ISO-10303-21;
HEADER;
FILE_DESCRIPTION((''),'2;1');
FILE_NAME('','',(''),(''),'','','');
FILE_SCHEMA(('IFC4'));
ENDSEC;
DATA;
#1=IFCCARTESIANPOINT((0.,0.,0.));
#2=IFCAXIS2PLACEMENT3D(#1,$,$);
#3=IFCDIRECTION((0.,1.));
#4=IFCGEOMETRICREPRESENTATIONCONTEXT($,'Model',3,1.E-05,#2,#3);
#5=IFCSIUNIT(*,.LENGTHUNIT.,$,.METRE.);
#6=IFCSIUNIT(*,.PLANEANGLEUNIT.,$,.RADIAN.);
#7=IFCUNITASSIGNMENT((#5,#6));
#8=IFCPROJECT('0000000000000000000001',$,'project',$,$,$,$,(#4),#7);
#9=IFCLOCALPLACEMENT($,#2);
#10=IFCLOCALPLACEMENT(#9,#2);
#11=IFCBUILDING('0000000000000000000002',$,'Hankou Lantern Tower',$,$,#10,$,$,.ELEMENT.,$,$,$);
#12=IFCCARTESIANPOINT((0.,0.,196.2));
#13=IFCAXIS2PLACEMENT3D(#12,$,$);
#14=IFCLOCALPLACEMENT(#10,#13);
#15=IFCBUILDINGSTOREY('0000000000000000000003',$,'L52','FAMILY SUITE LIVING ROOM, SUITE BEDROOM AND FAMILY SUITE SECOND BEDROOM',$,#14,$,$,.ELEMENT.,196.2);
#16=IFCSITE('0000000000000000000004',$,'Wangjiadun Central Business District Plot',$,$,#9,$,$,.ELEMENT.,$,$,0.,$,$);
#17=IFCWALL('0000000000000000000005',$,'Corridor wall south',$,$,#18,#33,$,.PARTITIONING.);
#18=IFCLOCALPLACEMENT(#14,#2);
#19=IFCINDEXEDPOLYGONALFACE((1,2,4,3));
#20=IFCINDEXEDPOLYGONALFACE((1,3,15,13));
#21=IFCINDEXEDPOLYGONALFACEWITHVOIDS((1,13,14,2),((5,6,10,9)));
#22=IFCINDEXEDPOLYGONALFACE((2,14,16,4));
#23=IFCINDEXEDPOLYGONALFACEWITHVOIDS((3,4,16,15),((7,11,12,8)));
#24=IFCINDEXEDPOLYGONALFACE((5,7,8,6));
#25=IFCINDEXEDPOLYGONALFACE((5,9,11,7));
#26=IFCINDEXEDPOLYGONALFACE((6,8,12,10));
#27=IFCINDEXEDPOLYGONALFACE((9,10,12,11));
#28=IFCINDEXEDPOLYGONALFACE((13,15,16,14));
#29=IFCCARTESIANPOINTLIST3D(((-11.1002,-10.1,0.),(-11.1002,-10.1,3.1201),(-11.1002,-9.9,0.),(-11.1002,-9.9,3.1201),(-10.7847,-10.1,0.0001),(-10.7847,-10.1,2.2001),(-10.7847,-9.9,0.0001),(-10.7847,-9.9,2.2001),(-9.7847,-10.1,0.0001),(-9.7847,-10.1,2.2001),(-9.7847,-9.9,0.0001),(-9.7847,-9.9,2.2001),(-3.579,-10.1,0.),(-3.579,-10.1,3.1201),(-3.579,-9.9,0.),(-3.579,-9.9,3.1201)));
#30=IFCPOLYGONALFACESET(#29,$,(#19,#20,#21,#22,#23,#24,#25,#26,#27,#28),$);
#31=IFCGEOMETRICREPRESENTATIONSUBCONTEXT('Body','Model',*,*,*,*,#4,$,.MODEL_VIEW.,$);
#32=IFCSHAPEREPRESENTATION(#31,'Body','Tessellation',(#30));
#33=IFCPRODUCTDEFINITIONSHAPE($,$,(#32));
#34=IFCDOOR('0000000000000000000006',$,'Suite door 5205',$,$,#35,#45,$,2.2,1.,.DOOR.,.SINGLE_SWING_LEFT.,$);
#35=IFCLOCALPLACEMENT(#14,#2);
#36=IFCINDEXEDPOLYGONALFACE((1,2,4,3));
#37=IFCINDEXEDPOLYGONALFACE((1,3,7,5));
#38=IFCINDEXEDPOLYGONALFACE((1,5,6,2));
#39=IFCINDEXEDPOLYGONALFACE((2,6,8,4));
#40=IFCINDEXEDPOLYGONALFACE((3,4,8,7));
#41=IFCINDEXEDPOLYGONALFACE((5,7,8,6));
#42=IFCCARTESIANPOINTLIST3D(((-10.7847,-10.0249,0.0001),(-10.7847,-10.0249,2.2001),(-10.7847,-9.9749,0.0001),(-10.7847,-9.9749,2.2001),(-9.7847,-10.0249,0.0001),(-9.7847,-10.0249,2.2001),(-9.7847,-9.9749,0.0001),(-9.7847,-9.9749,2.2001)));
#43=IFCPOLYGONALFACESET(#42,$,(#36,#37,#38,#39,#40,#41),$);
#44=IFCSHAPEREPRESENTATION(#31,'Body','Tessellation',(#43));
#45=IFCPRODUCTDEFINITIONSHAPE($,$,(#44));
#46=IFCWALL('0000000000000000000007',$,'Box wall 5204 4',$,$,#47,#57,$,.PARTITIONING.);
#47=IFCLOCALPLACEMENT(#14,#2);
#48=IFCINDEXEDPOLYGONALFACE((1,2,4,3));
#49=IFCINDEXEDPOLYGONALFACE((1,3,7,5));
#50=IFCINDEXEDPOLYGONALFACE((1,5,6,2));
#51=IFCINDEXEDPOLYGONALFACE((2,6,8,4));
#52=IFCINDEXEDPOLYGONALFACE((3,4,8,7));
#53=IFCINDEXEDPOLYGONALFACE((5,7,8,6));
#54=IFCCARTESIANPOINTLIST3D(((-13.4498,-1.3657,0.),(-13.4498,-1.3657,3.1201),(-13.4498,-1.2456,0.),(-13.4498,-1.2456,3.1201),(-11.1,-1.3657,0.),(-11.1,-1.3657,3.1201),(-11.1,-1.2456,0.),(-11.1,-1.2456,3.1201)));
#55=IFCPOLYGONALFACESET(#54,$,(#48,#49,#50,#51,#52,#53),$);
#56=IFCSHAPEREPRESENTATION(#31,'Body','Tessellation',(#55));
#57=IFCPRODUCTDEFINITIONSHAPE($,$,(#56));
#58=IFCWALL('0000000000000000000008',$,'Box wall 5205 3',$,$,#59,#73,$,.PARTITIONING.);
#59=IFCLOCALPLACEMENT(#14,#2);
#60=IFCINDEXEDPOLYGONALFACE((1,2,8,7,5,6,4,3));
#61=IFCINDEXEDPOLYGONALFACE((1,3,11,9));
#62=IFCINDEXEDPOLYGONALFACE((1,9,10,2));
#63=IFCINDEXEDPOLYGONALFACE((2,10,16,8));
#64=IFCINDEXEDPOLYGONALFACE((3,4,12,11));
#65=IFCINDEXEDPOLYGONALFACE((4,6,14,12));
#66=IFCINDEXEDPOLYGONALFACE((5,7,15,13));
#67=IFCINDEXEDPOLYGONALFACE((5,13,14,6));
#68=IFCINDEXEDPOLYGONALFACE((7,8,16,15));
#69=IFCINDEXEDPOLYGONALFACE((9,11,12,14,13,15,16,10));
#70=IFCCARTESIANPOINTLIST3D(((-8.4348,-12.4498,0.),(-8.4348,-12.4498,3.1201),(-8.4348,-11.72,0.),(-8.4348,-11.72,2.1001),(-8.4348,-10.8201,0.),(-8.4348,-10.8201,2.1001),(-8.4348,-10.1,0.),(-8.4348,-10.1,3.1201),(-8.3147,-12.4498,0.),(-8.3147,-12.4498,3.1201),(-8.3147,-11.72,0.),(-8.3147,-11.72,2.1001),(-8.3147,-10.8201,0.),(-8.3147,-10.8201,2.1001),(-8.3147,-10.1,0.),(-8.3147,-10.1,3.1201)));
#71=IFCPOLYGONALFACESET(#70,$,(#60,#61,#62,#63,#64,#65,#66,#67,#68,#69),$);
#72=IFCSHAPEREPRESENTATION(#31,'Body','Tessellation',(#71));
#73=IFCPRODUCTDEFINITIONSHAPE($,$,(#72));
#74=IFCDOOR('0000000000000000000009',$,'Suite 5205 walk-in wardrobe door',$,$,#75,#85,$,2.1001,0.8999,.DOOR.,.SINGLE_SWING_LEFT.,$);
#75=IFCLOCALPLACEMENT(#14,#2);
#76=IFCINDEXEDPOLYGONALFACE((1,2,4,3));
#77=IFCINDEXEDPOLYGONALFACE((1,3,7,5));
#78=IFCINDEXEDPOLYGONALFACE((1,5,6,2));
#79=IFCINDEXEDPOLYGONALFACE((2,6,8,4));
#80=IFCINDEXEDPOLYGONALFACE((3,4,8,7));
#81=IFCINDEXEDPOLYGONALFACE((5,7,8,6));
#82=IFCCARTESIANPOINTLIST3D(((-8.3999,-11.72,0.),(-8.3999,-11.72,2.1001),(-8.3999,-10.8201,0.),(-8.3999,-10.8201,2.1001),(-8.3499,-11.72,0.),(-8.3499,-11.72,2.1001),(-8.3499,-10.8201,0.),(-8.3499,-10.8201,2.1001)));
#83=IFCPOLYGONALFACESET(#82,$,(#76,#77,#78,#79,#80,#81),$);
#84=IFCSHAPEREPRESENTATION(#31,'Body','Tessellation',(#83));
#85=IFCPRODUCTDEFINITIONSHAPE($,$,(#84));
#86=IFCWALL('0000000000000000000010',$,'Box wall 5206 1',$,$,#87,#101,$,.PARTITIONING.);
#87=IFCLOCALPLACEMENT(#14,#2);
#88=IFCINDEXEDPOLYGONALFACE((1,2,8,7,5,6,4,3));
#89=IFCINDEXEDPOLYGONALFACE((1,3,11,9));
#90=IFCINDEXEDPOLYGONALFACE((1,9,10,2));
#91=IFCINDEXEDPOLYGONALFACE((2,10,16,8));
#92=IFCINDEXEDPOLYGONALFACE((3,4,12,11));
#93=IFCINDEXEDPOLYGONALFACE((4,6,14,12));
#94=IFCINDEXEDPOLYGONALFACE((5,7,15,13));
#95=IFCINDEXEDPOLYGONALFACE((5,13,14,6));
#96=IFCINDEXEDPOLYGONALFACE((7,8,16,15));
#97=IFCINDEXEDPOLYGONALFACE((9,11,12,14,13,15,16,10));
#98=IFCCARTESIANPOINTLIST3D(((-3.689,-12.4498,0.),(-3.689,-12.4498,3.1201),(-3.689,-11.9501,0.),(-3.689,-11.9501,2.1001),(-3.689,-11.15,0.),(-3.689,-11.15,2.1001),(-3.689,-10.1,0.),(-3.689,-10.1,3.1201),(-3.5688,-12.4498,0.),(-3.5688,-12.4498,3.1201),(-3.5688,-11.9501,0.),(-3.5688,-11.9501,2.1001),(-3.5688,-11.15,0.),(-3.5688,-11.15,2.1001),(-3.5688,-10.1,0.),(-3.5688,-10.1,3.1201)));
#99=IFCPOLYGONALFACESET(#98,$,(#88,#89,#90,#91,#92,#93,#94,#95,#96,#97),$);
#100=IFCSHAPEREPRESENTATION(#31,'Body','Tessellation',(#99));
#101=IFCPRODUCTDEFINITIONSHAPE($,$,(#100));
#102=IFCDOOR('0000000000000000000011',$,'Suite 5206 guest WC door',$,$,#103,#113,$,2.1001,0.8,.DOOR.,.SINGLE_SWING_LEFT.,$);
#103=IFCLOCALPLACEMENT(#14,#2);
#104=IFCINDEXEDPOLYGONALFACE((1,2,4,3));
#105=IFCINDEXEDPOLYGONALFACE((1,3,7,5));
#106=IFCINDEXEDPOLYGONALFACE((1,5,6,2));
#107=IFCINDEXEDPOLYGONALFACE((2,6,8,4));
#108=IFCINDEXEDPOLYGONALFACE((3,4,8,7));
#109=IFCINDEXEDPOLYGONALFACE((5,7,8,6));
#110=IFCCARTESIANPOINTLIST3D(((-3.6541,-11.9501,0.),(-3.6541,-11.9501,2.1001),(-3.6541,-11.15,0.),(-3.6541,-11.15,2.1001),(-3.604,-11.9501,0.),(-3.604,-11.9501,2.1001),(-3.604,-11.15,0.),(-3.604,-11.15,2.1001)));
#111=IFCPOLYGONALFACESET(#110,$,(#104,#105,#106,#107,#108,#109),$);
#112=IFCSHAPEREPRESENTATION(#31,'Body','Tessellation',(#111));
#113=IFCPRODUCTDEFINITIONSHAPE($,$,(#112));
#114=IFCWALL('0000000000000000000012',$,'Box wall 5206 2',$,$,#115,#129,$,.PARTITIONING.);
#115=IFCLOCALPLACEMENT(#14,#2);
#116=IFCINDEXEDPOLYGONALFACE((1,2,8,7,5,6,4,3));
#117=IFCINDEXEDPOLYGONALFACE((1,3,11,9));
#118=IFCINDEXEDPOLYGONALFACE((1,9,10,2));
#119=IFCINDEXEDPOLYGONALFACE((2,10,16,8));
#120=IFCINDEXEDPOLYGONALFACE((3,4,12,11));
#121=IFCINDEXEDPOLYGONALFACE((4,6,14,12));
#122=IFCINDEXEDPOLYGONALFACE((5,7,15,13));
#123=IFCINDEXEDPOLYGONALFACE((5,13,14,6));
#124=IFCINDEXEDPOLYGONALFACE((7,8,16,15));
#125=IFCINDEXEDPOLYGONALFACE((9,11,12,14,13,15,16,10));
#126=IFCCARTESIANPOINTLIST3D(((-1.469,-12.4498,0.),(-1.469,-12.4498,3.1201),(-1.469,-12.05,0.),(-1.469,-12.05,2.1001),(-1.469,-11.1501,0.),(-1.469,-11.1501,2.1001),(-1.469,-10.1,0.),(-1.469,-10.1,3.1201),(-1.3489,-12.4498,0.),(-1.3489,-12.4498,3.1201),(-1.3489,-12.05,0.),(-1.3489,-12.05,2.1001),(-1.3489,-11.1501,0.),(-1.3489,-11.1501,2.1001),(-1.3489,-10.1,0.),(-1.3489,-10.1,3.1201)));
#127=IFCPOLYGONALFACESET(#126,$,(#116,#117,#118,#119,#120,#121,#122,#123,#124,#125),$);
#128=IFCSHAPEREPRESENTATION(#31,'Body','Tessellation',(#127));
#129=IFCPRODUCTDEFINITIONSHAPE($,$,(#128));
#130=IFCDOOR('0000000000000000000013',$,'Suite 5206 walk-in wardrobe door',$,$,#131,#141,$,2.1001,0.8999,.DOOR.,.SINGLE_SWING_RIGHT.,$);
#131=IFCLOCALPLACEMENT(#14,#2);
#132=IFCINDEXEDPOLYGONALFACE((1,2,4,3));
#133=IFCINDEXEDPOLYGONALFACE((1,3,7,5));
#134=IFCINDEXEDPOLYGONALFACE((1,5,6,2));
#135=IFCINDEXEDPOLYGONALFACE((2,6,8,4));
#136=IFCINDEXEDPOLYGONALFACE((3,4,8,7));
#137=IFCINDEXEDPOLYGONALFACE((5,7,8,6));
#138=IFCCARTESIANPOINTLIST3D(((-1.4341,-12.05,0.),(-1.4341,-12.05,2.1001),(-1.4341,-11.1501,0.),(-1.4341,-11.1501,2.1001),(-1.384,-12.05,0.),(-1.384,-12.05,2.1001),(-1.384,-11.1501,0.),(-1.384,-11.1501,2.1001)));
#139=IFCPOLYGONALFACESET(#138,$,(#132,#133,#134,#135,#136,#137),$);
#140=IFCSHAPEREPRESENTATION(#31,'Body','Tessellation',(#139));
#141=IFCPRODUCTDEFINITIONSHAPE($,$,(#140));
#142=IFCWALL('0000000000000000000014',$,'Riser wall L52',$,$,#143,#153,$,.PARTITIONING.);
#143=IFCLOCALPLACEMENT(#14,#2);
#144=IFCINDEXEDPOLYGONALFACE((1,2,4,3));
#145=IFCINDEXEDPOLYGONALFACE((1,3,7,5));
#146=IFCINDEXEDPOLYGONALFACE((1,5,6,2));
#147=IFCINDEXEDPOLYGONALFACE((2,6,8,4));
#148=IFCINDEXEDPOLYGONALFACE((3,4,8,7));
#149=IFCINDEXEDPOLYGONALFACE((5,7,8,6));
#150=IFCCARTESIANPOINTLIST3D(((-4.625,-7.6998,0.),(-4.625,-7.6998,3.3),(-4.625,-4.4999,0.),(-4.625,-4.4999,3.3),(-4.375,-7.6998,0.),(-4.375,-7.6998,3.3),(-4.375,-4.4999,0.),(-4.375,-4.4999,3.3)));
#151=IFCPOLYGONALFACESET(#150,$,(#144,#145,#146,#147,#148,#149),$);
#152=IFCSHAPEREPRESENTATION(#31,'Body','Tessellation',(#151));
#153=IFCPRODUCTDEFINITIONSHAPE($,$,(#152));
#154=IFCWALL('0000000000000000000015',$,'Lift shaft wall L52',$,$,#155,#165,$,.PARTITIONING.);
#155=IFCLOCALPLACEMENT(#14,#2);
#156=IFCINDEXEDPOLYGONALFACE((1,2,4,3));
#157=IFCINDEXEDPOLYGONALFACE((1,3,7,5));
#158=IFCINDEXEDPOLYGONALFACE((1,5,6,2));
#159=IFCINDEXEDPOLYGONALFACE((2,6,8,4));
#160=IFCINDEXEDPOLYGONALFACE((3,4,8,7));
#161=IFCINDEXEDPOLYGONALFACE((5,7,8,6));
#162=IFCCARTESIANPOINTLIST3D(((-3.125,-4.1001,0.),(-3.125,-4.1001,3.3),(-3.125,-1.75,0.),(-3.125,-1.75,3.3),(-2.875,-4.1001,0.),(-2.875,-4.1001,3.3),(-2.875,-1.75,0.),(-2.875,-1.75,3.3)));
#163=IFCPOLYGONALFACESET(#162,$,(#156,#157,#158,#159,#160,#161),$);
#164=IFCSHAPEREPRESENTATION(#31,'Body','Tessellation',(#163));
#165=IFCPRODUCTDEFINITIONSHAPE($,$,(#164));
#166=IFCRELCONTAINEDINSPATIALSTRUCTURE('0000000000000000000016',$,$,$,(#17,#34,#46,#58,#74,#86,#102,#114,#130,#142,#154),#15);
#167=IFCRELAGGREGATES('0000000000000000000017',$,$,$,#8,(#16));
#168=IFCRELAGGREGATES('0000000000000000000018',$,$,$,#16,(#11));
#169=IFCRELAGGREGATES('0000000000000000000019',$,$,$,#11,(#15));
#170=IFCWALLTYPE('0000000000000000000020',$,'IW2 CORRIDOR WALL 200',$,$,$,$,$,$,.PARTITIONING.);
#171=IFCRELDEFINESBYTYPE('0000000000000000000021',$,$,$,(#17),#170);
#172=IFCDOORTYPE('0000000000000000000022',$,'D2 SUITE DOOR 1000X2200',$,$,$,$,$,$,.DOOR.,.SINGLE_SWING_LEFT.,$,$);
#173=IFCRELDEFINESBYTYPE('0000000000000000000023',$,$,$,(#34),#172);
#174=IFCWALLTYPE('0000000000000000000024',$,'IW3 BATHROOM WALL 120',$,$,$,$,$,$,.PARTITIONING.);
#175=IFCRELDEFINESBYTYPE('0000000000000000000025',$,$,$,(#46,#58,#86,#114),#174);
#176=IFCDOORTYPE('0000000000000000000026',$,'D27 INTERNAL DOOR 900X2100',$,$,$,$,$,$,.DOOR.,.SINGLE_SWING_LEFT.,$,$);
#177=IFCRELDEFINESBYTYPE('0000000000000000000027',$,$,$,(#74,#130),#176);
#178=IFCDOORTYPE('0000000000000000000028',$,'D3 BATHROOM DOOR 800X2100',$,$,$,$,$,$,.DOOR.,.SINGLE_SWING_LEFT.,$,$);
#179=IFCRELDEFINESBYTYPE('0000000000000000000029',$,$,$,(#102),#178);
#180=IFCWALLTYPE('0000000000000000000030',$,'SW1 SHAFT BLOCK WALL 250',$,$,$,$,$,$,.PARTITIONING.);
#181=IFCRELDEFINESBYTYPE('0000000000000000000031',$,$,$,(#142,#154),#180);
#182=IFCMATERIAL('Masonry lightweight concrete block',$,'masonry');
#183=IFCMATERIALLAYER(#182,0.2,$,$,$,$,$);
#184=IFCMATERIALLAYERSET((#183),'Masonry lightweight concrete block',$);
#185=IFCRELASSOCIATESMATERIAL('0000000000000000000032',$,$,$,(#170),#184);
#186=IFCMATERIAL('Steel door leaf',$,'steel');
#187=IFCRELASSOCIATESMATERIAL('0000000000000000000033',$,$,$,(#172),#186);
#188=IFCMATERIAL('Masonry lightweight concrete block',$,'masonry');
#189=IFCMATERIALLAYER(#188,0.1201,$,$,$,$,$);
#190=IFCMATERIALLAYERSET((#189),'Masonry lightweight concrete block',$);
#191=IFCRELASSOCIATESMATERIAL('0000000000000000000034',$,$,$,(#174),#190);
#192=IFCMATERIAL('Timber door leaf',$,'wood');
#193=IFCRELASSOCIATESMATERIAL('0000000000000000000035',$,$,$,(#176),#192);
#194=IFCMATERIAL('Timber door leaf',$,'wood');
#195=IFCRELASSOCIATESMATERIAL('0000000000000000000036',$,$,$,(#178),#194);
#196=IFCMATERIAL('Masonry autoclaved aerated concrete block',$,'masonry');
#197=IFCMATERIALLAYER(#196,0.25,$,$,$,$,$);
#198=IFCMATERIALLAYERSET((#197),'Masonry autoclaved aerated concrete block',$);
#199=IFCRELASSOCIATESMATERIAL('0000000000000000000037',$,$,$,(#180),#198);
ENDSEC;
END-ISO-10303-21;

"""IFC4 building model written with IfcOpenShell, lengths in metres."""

from ifc_helpers import new_model, si_unit, direction, frame, frame_2d, origin, place, context, subcontext, project, spatial, rectangle, extrude, material, layer, layer_set, type_object, element, fill, save


model = new_model("IFC4")

# Units and contexts
model_context = context("Model", 3, precision=1e-05, world=origin(), true_north=direction((0.0, 1.0)))
body_context = subcontext(model_context, "Body", "Model", "MODEL_VIEW")
ifc_project = project(units=[si_unit("LENGTHUNIT", "METRE"), si_unit("PLANEANGLEUNIT", "RADIAN")], contexts=[model_context])

# Site, building, storey
site_placement = place(None, origin())
site = spatial("IfcSite", under=ifc_project, at=site_placement, Name="Wangjiadun Central Business District Plot", CompositionType="ELEMENT", RefElevation=0.0)
building_placement = place(site_placement, origin())
building = spatial("IfcBuilding", under=site, at=building_placement, Name="Hankou Lantern Tower", CompositionType="ELEMENT")
storey_placement = place(building_placement, frame((0.0, 0.0, 196.2)))
storey = spatial("IfcBuildingStorey", under=building, at=storey_placement, Name="L52", Description="FAMILY SUITE LIVING ROOM, SUITE BEDROOM AND FAMILY SUITE SECOND BEDROOM", CompositionType="ELEMENT", Elevation=196.2)

# Wall, opening, door
ifc_material_1 = material(Name="Masonry lightweight concrete block", Category="masonry")
ifc_layer_1 = layer(ifc_material_1, 0.2)
ifc_layer_set_1 = layer_set([ifc_layer_1], Name="Masonry lightweight concrete block")
wall_type_1 = type_object("IfcWallType", Name="IW2 CORRIDOR WALL 200", PredefinedType="PARTITIONING", material=ifc_layer_set_1)
wall_1_placement = place(storey_placement, frame((-3.5789, -10.0, 0.0), z_axis=(0.0, 0.0, 1.0), x_axis=(-1.0, 0.0, 0.0)))
wall_1 = element("IfcWall", 1, at=wall_1_placement, inside=storey, type_object=wall_type_1, Name="Corridor wall south", PredefinedType="PARTITIONING", context=body_context, shape_type="SweptSolid", body=[
    extrude(rectangle(XDim=7.5212, YDim=0.2, at=frame_2d((3.7607, 0.0))), origin(), (0.0, 0.0, 1.0), 3.1201),
])
opening_1_placement = place(wall_1_placement, frame((6.2058, 0.0, 0.0)))
opening_1 = element("IfcOpeningElement", 2, at=opening_1_placement, cuts=wall_1, PredefinedType="OPENING", context=body_context, shape_type="SweptSolid", body=[
    extrude(rectangle(XDim=1.0, YDim=2.2, at=frame_2d((0.5, 1.1001))), frame((0.0, 0.1099, 0.0), z_axis=(0.0, -1.0, 0.0), x_axis=(1.0, 0.0, 0.0)), (0.0, 0.0, 1.0), 0.22),
])
ifc_material_2 = material(Name="Steel door leaf", Category="steel")
door_type_1 = type_object("IfcDoorType", Name="D2 SUITE DOOR 1000X2200", OperationType="SINGLE_SWING_LEFT", PredefinedType="DOOR", material=ifc_material_2)
door_1_placement = place(opening_1_placement, origin())
door_1 = element("IfcDoor", 3, at=door_1_placement, inside=storey, type_object=door_type_1, Name="Suite door 5205", OperationType="SINGLE_SWING_LEFT", OverallHeight=2.2, OverallWidth=1.0, PredefinedType="DOOR", context=body_context, shape_type="SweptSolid", body=[
    extrude(rectangle(XDim=1.0, YDim=2.2, at=frame_2d((0.5, 1.1001))), frame((0.0, 0.0249, 0.0), z_axis=(0.0, -1.0, 0.0), x_axis=(1.0, 0.0, 0.0)), (0.0, 0.0, 1.0), 0.05),
])
fill(opening_1, door_1)

# Wall
ifc_material_3 = material(Name="Masonry lightweight concrete block", Category="masonry")
ifc_layer_2 = layer(ifc_material_3, 0.1201)
ifc_layer_set_2 = layer_set([ifc_layer_2], Name="Masonry lightweight concrete block")
wall_type_2 = type_object("IfcWallType", Name="IW3 BATHROOM WALL 120", PredefinedType="PARTITIONING", material=ifc_layer_set_2)
wall_2_placement = place(storey_placement, frame((-11.1001, -1.3057, 0.0), z_axis=(0.0, 0.0, 1.0), x_axis=(-1.0, 0.0, 0.0)))
element("IfcWall", 4, at=wall_2_placement, inside=storey, type_object=wall_type_2, Name="Box wall 5204 4", PredefinedType="PARTITIONING", context=body_context, shape_type="SweptSolid", body=[
    extrude(rectangle(XDim=2.3499, YDim=0.1201, at=frame_2d((1.1748, 0.0))), origin(), (0.0, 0.0, 1.0), 3.1201),
])

# Walls, openings, doors
wall_3_placement = place(storey_placement, frame((-8.3748, -10.1001, 0.0), z_axis=(0.0, 0.0, 1.0), x_axis=(0.0, -1.0, 0.0)))
wall_3 = element("IfcWall", 5, at=wall_3_placement, inside=storey, type_object=wall_type_2, Name="Box wall 5205 3", PredefinedType="PARTITIONING", context=body_context, shape_type="SweptSolid", body=[
    extrude(rectangle(XDim=2.3499, YDim=0.1201, at=frame_2d((1.1748, 0.0))), origin(), (0.0, 0.0, 1.0), 3.1201),
])
opening_2_placement = place(wall_3_placement, frame((0.72, 0.0, 0.0)))
opening_2 = element("IfcOpeningElement", 6, at=opening_2_placement, cuts=wall_3, PredefinedType="OPENING", context=body_context, shape_type="SweptSolid", body=[
    extrude(rectangle(XDim=0.8999, YDim=2.1001, at=frame_2d((0.45, 1.05))), frame((0.0, 0.0701, 0.0), z_axis=(0.0, -1.0, 0.0), x_axis=(1.0, 0.0, 0.0)), (0.0, 0.0, 1.0), 0.1401),
])
ifc_material_4 = material(Name="Timber door leaf", Category="wood")
door_type_2 = type_object("IfcDoorType", Name="D27 INTERNAL DOOR 900X2100", OperationType="SINGLE_SWING_LEFT", PredefinedType="DOOR", material=ifc_material_4)
door_2_placement = place(opening_2_placement, origin())
door_2 = element("IfcDoor", 7, at=door_2_placement, inside=storey, type_object=door_type_2, Name="Suite 5205 walk-in wardrobe door", OperationType="SINGLE_SWING_LEFT", OverallHeight=2.1001, OverallWidth=0.8999, PredefinedType="DOOR", context=body_context, shape_type="SweptSolid", body=[
    extrude(rectangle(XDim=0.8999, YDim=2.1001, at=frame_2d((0.45, 1.05))), frame((0.0, 0.0249, 0.0), z_axis=(0.0, -1.0, 0.0), x_axis=(1.0, 0.0, 0.0)), (0.0, 0.0, 1.0), 0.05),
])
fill(opening_2, door_2)
wall_4_placement = place(storey_placement, frame((-3.6289, -10.1001, 0.0), z_axis=(0.0, 0.0, 1.0), x_axis=(0.0, -1.0, 0.0)))
wall_4 = element("IfcWall", 8, at=wall_4_placement, inside=storey, type_object=wall_type_2, Name="Box wall 5206 1", PredefinedType="PARTITIONING", context=body_context, shape_type="SweptSolid", body=[
    extrude(rectangle(XDim=2.3499, YDim=0.1201, at=frame_2d((1.1748, 0.0))), origin(), (0.0, 0.0, 1.0), 3.1201),
])
opening_3_placement = place(wall_4_placement, frame((1.05, 0.0, 0.0)))
opening_3 = element("IfcOpeningElement", 9, at=opening_3_placement, cuts=wall_4, PredefinedType="OPENING", context=body_context, shape_type="SweptSolid", body=[
    extrude(rectangle(XDim=0.8, YDim=2.1001, at=frame_2d((0.3999, 1.05))), frame((0.0, 0.0701, 0.0), z_axis=(0.0, -1.0, 0.0), x_axis=(1.0, 0.0, 0.0)), (0.0, 0.0, 1.0), 0.1401),
])
ifc_material_5 = material(Name="Timber door leaf", Category="wood")
door_type_3 = type_object("IfcDoorType", Name="D3 BATHROOM DOOR 800X2100", OperationType="SINGLE_SWING_LEFT", PredefinedType="DOOR", material=ifc_material_5)
door_3_placement = place(opening_3_placement, origin())
door_3 = element("IfcDoor", 10, at=door_3_placement, inside=storey, type_object=door_type_3, Name="Suite 5206 guest WC door", OperationType="SINGLE_SWING_LEFT", OverallHeight=2.1001, OverallWidth=0.8, PredefinedType="DOOR", context=body_context, shape_type="SweptSolid", body=[
    extrude(rectangle(XDim=0.8, YDim=2.1001, at=frame_2d((0.3999, 1.05))), frame((0.0, 0.0249, 0.0), z_axis=(0.0, -1.0, 0.0), x_axis=(1.0, 0.0, 0.0)), (0.0, 0.0, 1.0), 0.05),
])
fill(opening_3, door_3)
wall_5_placement = place(storey_placement, frame((-1.4089, -10.1001, 0.0), z_axis=(0.0, 0.0, 1.0), x_axis=(0.0, -1.0, 0.0)))
wall_5 = element("IfcWall", 11, at=wall_5_placement, inside=storey, type_object=wall_type_2, Name="Box wall 5206 2", PredefinedType="PARTITIONING", context=body_context, shape_type="SweptSolid", body=[
    extrude(rectangle(XDim=2.3499, YDim=0.1201, at=frame_2d((1.1748, 0.0))), origin(), (0.0, 0.0, 1.0), 3.1201),
])
opening_4_placement = place(wall_5_placement, frame((1.05, 0.0, 0.0)))
opening_4 = element("IfcOpeningElement", 12, at=opening_4_placement, cuts=wall_5, PredefinedType="OPENING", context=body_context, shape_type="SweptSolid", body=[
    extrude(rectangle(XDim=0.8999, YDim=2.1001, at=frame_2d((0.45, 1.05))), frame((0.0, 0.0701, 0.0), z_axis=(0.0, -1.0, 0.0), x_axis=(1.0, 0.0, 0.0)), (0.0, 0.0, 1.0), 0.1401),
])
door_4_placement = place(opening_4_placement, origin())
door_4 = element("IfcDoor", 13, at=door_4_placement, inside=storey, type_object=door_type_2, Name="Suite 5206 walk-in wardrobe door", OperationType="SINGLE_SWING_RIGHT", OverallHeight=2.1001, OverallWidth=0.8999, PredefinedType="DOOR", context=body_context, shape_type="SweptSolid", body=[
    extrude(rectangle(XDim=0.8999, YDim=2.1001, at=frame_2d((0.45, 1.05))), frame((0.0, 0.0249, 0.0), z_axis=(0.0, -1.0, 0.0), x_axis=(1.0, 0.0, 0.0)), (0.0, 0.0, 1.0), 0.05),
])
fill(opening_4, door_4)

# Walls
ifc_material_6 = material(Name="Masonry autoclaved aerated concrete block", Category="masonry")
ifc_layer_3 = layer(ifc_material_6, 0.25)
ifc_layer_set_3 = layer_set([ifc_layer_3], Name="Masonry autoclaved aerated concrete block")
wall_type_3 = type_object("IfcWallType", Name="SW1 SHAFT BLOCK WALL 250", PredefinedType="PARTITIONING", material=ifc_layer_set_3)
wall_6_placement = place(storey_placement, frame((-4.5, -7.7, 0.0), z_axis=(0.0, 0.0, 1.0), x_axis=(0.0, 1.0, 0.0)))
element("IfcWall", 14, at=wall_6_placement, inside=storey, type_object=wall_type_3, Name="Riser wall L52", PredefinedType="PARTITIONING", context=body_context, shape_type="SweptSolid", body=[
    extrude(rectangle(XDim=3.2, YDim=0.25, at=frame_2d((1.6001, 0.0))), origin(), (0.0, 0.0, 1.0), 3.3),
])
for number, where, z_axis, x_axis, name in (
    (15, (-3.0, -4.1001, 0.0), (0.0, 0.0, 1.0), (0.0, 1.0, 0.0), "Lift shaft wall L52"),
):
    element("IfcWall", number, at=place(storey_placement, frame(where, z_axis=z_axis, x_axis=x_axis)), inside=storey, type_object=wall_type_3, Name=name, PredefinedType="PARTITIONING", context=body_context, shape_type="SweptSolid", body=[
        extrude(rectangle(XDim=2.3501, YDim=0.25, at=frame_2d((1.175, 0.0))), origin(), (0.0, 0.0, 1.0), 3.3),
    ])

save(model, "model.ifc")
